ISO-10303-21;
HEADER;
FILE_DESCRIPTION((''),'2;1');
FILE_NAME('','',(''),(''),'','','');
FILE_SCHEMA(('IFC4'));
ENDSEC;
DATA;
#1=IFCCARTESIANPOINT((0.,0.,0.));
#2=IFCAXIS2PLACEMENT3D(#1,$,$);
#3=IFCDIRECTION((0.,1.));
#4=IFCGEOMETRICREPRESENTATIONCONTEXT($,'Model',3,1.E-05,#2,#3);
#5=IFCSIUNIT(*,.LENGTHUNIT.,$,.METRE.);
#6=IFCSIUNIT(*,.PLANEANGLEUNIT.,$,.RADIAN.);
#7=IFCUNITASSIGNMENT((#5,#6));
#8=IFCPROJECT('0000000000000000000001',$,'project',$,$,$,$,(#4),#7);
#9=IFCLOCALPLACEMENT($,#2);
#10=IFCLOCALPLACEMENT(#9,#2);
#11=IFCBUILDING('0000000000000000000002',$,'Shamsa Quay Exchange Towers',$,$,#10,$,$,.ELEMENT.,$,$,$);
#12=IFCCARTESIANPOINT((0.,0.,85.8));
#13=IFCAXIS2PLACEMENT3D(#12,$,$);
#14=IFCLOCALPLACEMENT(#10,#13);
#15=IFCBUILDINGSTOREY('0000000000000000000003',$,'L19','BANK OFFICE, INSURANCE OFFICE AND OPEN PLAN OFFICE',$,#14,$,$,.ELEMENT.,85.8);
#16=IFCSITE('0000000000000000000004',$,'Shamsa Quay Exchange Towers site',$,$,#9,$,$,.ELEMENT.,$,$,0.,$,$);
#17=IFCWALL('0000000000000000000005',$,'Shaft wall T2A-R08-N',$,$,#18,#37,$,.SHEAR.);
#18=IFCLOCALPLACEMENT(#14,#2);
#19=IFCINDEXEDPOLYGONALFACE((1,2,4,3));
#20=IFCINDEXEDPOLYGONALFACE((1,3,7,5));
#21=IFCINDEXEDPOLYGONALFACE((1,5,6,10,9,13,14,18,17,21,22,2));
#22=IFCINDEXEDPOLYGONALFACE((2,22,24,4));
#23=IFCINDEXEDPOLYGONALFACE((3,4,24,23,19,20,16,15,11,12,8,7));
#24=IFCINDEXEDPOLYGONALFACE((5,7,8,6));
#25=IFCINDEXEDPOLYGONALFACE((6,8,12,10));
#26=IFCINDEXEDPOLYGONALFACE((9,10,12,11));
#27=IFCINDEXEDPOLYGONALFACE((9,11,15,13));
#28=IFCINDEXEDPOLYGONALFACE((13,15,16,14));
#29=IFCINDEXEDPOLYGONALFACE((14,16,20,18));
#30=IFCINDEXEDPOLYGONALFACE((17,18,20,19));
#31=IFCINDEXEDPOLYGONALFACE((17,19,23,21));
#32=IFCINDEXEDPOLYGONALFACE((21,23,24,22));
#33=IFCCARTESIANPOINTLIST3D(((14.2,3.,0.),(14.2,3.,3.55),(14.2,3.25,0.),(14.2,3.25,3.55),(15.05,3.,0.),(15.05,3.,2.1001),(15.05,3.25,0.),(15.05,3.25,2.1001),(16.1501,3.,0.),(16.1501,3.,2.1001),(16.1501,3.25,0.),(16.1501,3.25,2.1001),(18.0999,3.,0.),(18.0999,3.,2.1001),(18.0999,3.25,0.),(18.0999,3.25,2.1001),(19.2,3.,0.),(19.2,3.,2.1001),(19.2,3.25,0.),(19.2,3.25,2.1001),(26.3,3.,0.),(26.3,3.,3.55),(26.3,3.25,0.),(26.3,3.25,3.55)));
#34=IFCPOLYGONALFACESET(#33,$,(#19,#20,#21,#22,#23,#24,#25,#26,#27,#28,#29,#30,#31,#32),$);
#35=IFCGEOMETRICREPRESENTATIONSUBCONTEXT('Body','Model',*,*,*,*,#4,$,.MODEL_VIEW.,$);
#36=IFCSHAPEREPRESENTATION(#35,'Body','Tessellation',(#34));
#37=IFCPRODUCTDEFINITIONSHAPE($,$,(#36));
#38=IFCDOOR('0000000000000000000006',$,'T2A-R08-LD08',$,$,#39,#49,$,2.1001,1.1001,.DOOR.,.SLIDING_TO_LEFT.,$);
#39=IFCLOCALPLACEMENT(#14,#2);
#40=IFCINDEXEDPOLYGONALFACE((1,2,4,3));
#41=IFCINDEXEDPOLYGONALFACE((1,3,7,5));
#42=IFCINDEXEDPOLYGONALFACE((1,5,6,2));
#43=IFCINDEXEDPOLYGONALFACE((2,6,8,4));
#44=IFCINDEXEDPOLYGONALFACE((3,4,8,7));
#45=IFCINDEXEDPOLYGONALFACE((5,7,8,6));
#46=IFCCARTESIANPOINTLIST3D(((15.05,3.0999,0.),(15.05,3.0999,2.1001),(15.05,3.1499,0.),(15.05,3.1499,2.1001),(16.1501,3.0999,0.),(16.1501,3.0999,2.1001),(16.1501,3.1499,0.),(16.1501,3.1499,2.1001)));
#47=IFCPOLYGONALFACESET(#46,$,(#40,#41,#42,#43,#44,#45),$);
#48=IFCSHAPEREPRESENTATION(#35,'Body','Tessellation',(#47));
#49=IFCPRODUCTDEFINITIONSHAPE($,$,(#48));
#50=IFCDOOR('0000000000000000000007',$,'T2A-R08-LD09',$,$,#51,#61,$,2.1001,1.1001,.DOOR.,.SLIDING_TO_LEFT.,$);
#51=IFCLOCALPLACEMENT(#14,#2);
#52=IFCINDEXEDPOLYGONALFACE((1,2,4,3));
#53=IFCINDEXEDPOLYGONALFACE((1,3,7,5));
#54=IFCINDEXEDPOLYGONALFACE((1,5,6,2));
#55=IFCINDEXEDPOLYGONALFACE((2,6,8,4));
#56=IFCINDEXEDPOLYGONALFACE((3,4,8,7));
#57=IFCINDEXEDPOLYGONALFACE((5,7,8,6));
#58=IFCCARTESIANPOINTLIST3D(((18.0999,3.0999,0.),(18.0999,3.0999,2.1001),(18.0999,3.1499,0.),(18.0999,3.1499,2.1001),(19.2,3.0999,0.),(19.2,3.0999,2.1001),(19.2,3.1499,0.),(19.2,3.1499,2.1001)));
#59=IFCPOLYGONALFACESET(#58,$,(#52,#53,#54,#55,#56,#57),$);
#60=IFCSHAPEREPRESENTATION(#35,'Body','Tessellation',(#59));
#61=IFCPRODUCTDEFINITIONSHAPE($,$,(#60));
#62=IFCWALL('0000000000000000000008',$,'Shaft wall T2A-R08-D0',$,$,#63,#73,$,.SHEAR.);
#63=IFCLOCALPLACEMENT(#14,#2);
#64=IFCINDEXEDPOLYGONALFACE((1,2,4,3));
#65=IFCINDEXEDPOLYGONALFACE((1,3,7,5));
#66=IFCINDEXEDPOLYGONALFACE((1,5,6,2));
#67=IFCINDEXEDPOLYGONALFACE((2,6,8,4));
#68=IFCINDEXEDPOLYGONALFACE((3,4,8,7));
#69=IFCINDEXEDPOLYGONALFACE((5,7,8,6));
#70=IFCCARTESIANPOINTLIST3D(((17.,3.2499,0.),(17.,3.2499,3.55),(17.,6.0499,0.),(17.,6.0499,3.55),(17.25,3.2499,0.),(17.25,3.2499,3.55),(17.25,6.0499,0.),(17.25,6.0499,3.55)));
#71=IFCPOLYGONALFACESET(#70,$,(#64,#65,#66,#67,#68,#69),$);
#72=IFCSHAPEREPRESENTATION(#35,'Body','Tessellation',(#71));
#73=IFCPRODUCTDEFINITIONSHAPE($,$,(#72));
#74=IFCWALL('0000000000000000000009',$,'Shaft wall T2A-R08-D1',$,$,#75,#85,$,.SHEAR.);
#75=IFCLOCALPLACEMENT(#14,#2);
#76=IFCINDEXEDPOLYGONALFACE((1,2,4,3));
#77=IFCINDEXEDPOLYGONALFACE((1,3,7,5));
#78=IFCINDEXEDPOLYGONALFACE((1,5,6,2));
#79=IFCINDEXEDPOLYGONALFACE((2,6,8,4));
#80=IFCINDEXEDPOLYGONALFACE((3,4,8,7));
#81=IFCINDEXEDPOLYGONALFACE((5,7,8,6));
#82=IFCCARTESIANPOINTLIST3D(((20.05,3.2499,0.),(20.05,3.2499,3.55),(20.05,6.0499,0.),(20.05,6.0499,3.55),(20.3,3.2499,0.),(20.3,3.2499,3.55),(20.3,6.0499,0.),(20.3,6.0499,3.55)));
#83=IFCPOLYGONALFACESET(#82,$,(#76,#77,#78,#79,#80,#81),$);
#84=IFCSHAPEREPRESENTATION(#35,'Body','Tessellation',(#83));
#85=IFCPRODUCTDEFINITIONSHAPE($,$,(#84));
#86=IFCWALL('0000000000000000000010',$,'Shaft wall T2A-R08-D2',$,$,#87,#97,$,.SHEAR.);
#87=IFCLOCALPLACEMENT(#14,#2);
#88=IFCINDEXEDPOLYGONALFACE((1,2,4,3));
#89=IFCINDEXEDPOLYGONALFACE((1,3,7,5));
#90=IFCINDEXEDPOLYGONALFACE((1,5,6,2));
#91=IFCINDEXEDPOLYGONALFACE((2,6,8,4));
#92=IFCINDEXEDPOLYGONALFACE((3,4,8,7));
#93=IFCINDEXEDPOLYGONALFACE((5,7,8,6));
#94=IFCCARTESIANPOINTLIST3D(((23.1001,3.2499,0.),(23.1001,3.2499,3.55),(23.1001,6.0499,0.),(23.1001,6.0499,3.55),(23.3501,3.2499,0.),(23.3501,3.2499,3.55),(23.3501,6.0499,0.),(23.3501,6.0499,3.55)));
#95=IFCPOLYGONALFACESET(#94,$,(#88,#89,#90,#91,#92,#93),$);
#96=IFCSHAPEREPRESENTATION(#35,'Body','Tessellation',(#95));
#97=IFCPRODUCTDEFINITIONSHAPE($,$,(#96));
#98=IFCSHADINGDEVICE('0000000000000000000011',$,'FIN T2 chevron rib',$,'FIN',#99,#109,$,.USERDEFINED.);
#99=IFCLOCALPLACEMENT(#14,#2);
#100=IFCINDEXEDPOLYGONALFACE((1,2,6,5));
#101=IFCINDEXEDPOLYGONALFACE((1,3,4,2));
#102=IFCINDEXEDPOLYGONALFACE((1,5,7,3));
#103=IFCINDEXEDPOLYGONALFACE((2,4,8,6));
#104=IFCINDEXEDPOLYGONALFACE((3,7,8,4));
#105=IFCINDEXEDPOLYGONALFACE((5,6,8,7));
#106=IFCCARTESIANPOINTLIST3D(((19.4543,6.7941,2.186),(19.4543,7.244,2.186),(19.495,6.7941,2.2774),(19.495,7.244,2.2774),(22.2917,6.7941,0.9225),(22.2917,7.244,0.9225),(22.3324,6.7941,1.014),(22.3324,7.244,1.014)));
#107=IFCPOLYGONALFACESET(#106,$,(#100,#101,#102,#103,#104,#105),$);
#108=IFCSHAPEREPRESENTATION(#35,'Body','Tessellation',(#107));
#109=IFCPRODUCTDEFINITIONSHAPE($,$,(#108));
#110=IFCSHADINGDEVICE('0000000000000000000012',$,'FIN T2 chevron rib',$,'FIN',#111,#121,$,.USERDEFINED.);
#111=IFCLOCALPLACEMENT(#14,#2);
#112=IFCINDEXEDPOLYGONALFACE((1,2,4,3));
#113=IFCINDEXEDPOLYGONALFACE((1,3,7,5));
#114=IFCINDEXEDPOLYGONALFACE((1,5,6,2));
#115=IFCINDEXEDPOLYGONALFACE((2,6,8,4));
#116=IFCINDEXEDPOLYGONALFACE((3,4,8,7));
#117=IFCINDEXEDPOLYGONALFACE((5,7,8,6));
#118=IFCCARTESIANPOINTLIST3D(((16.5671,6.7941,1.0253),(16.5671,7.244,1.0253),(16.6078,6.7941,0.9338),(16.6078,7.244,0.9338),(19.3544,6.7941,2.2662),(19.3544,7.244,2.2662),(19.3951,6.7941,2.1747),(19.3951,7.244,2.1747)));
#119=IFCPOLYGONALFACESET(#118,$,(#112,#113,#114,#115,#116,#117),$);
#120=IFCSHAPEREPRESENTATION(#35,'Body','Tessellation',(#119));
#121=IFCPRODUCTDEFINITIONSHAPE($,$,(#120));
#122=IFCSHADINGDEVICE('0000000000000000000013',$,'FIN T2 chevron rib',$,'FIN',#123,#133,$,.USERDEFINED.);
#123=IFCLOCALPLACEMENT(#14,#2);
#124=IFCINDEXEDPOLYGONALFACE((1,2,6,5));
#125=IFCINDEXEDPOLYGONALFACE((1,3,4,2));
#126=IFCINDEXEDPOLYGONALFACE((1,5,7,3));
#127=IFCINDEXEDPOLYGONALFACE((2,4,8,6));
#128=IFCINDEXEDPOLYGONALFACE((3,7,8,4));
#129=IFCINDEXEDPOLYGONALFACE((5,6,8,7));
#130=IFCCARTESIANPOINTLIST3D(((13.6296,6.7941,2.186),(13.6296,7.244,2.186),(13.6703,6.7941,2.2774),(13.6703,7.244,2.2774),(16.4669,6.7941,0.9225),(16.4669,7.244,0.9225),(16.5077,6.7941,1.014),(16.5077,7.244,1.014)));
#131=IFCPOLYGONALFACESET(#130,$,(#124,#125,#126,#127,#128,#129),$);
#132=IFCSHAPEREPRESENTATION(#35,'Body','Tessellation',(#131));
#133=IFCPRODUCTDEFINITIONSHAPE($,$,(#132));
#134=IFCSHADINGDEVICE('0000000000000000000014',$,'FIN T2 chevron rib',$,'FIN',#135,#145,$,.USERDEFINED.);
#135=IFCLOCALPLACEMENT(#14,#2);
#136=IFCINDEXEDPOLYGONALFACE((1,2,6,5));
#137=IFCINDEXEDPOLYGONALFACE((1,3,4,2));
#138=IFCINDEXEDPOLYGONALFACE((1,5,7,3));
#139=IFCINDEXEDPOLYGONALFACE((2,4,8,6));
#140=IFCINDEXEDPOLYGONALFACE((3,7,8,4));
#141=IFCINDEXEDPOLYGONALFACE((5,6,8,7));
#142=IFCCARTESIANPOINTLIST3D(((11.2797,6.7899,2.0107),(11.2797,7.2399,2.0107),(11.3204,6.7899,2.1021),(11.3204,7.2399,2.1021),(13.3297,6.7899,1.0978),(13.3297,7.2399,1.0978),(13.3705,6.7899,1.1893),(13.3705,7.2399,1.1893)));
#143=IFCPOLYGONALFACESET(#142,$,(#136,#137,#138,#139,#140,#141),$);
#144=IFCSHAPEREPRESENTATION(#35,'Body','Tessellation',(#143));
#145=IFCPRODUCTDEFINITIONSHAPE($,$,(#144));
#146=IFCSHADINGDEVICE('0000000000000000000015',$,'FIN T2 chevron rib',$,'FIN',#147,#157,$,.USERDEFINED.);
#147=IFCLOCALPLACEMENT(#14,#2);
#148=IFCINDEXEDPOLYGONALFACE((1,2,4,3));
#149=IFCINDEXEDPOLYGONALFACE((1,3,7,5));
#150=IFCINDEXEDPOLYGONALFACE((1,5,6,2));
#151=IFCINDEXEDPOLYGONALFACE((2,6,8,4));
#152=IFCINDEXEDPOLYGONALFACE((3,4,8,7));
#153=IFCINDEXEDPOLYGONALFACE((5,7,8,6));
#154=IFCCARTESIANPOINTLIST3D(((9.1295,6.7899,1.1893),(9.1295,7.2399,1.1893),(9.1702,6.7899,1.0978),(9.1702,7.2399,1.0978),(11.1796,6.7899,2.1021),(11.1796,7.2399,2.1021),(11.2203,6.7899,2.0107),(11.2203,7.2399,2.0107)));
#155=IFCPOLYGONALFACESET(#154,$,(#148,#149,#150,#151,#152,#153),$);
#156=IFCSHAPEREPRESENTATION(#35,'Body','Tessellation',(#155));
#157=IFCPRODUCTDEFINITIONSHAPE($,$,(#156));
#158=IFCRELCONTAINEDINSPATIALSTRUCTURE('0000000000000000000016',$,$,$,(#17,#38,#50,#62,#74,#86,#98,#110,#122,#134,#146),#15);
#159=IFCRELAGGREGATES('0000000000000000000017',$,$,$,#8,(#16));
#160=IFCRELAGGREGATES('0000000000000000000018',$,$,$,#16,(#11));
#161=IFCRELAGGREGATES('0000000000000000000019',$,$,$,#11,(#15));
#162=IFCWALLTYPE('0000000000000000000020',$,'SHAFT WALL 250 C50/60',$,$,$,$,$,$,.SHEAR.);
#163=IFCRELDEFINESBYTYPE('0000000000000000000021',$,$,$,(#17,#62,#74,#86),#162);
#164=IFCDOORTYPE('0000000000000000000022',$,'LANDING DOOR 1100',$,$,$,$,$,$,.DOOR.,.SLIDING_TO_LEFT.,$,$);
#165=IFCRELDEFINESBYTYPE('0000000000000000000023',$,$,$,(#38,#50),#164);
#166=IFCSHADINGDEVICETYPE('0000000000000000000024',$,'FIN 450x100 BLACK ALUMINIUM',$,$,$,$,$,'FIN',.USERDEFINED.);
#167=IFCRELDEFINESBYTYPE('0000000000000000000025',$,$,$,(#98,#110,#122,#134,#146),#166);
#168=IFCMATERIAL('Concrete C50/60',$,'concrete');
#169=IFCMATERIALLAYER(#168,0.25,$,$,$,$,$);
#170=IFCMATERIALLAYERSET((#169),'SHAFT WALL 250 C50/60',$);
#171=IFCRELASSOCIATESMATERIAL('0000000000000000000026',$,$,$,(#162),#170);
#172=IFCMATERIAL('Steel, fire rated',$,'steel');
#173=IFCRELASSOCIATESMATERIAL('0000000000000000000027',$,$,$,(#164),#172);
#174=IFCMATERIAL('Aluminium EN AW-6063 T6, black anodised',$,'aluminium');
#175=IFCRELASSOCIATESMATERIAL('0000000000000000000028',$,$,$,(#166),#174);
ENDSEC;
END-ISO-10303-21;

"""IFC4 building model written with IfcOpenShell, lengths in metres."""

from ifc_helpers import new_model, si_unit, direction, frame, frame_2d, origin, origin_2d, place, context, subcontext, project, spatial, rectangle, extrude, material, layer, layer_set, material_profile, profile_set, type_object, element, fill, save


model = new_model("IFC4")

# Units and contexts
model_context = context("Model", 3, precision=1e-05, world=origin(), true_north=direction((0.0, 1.0)))
body_context = subcontext(model_context, "Body", "Model", "MODEL_VIEW")
ifc_project = project(units=[si_unit("LENGTHUNIT", "METRE"), si_unit("PLANEANGLEUNIT", "RADIAN")], contexts=[model_context])

# Site, building, storey
site_placement = place(None, origin())
site = spatial("IfcSite", under=ifc_project, at=site_placement, Name="Shamsa Quay Exchange Towers site", CompositionType="ELEMENT", RefElevation=0.0)
building_placement = place(site_placement, origin())
building = spatial("IfcBuilding", under=site, at=building_placement, Name="Shamsa Quay Exchange Towers", CompositionType="ELEMENT")
storey_placement = place(building_placement, frame((0.0, 0.0, 85.8)))
storey = spatial("IfcBuildingStorey", under=building, at=storey_placement, Name="L19", Description="BANK OFFICE, INSURANCE OFFICE AND OPEN PLAN OFFICE", CompositionType="ELEMENT", Elevation=85.8)

# Shared definitions
ifc_material_1 = material(Name="Aluminium EN AW-6063 T6, black anodised", Category="aluminium")

# Shared definitions
ifc_material_2 = material(Name="Steel, fire rated", Category="steel")

# Wall, openings, doors
ifc_material_3 = material(Name="Concrete C50/60", Category="concrete")
ifc_layer_1 = layer(ifc_material_3, 0.25)
ifc_layer_set_1 = layer_set([ifc_layer_1], Name="SHAFT WALL 250 C50/60")
wall_type_1 = type_object("IfcWallType", Name="SHAFT WALL 250 C50/60", PredefinedType="SHEAR", material=ifc_layer_set_1)
wall_1_placement = place(storey_placement, frame((14.2, 3.125, 0.0)))
wall_1 = element("IfcWall", 1, at=wall_1_placement, inside=storey, type_object=wall_type_1, Name="Shaft wall T2A-R08-N", PredefinedType="SHEAR", context=body_context, shape_type="SweptSolid", body=[
    extrude(rectangle(XDim=12.1001, YDim=0.25, at=frame_2d((6.05, 0.0))), origin(), (0.0, 0.0, 1.0), 3.55),
])
opening_1_placement = place(wall_1_placement, frame((0.8501, 0.0, 0.0)))
opening_1 = element("IfcOpeningElement", 2, at=opening_1_placement, cuts=wall_1, PredefinedType="OPENING", context=body_context, shape_type="SweptSolid", body=[
    extrude(rectangle(XDim=1.1001, YDim=2.1001, at=frame_2d((0.55, 1.05))), frame((0.0, 0.135, 0.0), z_axis=(0.0, -1.0, 0.0), x_axis=(1.0, 0.0, 0.0)), (0.0, 0.0, 1.0), 0.27),
])
opening_2_placement = place(wall_1_placement, frame((3.8999, 0.0, 0.0)))
opening_2 = element("IfcOpeningElement", 3, at=opening_2_placement, cuts=wall_1, PredefinedType="OPENING", context=body_context, shape_type="SweptSolid", body=[
    extrude(rectangle(XDim=1.1001, YDim=2.1001, at=frame_2d((0.55, 1.05))), frame((0.0, 0.135, 0.0), z_axis=(0.0, -1.0, 0.0), x_axis=(1.0, 0.0, 0.0)), (0.0, 0.0, 1.0), 0.27),
])
door_type_1 = type_object("IfcDoorType", Name="LANDING DOOR 1100", OperationType="SLIDING_TO_LEFT", PredefinedType="DOOR", material=ifc_material_2)
door_1_placement = place(opening_1_placement, origin())
door_1 = element("IfcDoor", 4, at=door_1_placement, inside=storey, type_object=door_type_1, Name="T2A-R08-LD08", OperationType="SLIDING_TO_LEFT", OverallHeight=2.1001, OverallWidth=1.1001, PredefinedType="DOOR", context=body_context, shape_type="SweptSolid", body=[
    extrude(rectangle(XDim=1.1001, YDim=2.1001, at=frame_2d((0.55, 1.05))), frame((0.0, 0.0249, 0.0), z_axis=(0.0, -1.0, 0.0), x_axis=(1.0, 0.0, 0.0)), (0.0, 0.0, 1.0), 0.05),
])
fill(opening_1, door_1)
door_2_placement = place(opening_2_placement, origin())
door_2 = element("IfcDoor", 5, at=door_2_placement, inside=storey, type_object=door_type_1, Name="T2A-R08-LD09", OperationType="SLIDING_TO_LEFT", OverallHeight=2.1001, OverallWidth=1.1001, PredefinedType="DOOR", context=body_context, shape_type="SweptSolid", body=[
    extrude(rectangle(XDim=1.1001, YDim=2.1001, at=frame_2d((0.55, 1.05))), frame((0.0, 0.0249, 0.0), z_axis=(0.0, -1.0, 0.0), x_axis=(1.0, 0.0, 0.0)), (0.0, 0.0, 1.0), 0.05),
])
fill(opening_2, door_2)

# Walls
for number, where, z_axis, x_axis, name in (
    (6, (17.125, 3.25, 0.0), (0.0, 0.0, 1.0), (0.0, 1.0, 0.0), "Shaft wall T2A-R08-D0"),
    (7, (20.175, 3.25, 0.0), (0.0, 0.0, 1.0), (0.0, 1.0, 0.0), "Shaft wall T2A-R08-D1"),
    (8, (23.2251, 3.25, 0.0), (0.0, 0.0, 1.0), (0.0, 1.0, 0.0), "Shaft wall T2A-R08-D2"),
):
    element("IfcWall", number, at=place(storey_placement, frame(where, z_axis=z_axis, x_axis=x_axis)), inside=storey, type_object=wall_type_1, Name=name, PredefinedType="SHEAR", context=body_context, shape_type="SweptSolid", body=[
        extrude(rectangle(XDim=2.8, YDim=0.25, at=frame_2d((1.3999, 0.0))), origin(), (0.0, 0.0, 1.0), 3.55),
    ])

# Shading devices
ifc_material_profile_1 = material_profile(ifc_material_1, rectangle(XDim=0.45, YDim=0.1001, at=origin_2d()), Name="FIN450x100")
ifc_profile_set_1 = profile_set([ifc_material_profile_1], Name="Aluminium EN AW-6063 T6, black anodised")
shading_device_type = type_object("IfcShadingDeviceType", Name="FIN 450x100 BLACK ALUMINIUM", ElementType="FIN", PredefinedType="USERDEFINED", material=ifc_profile_set_1)
shading_device_1_placement = place(storey_placement, frame((22.312, 7.019, 0.9683), z_axis=(-0.913529, 0.0, 0.406773), x_axis=(0.0, -1.0, 0.0)))
element("IfcShadingDevice", 9, at=shading_device_1_placement, inside=storey, type_object=shading_device_type, Name="FIN T2 chevron rib", ObjectType="FIN", PredefinedType="USERDEFINED", context=body_context, shape_type="SweptSolid", body=[
    extrude(rectangle(XDim=0.45, YDim=0.1001, at=origin_2d()), origin(), (0.0, 0.0, 1.0), 3.106),
])
shading_device_2_placement = place(storey_placement, frame((19.3748, 7.019, 2.2205), z_axis=(-0.913551, 0.0, -0.406725), x_axis=(0.0, -1.0, 0.0)))
element("IfcShadingDevice", 10, at=shading_device_2_placement, inside=storey, type_object=shading_device_type, Name="FIN T2 chevron rib", ObjectType="FIN", PredefinedType="USERDEFINED", context=body_context, shape_type="SweptSolid", body=[
    extrude(rectangle(XDim=0.45, YDim=0.1001, at=origin_2d()), origin(), (0.0, 0.0, 1.0), 3.051),
])
shading_device_3_placement = place(storey_placement, frame((16.4873, 7.019, 0.9683), z_axis=(-0.913529, 0.0, 0.406773), x_axis=(0.0, -1.0, 0.0)))
element("IfcShadingDevice", 11, at=shading_device_3_placement, inside=storey, type_object=shading_device_type, Name="FIN T2 chevron rib", ObjectType="FIN", PredefinedType="USERDEFINED", context=body_context, shape_type="SweptSolid", body=[
    extrude(rectangle(XDim=0.45, YDim=0.1001, at=origin_2d()), origin(), (0.0, 0.0, 1.0), 3.106),
])
for number, where, z_axis, x_axis, name in (
    (12, (13.3501, 7.0149, 1.1436), (-0.913529, 0.0, 0.406774), (0.0, -1.0, 0.0), "FIN T2 chevron rib"),
    (13, (11.2, 7.0149, 2.0564), (-0.913529, 0.0, -0.406774), (0.0, -1.0, 0.0), "FIN T2 chevron rib"),
):
    element("IfcShadingDevice", number, at=place(storey_placement, frame(where, z_axis=z_axis, x_axis=x_axis)), inside=storey, type_object=shading_device_type, Name=name, ObjectType="FIN", PredefinedType="USERDEFINED", context=body_context, shape_type="SweptSolid", body=[
        extrude(rectangle(XDim=0.45, YDim=0.1001, at=origin_2d()), origin(), (0.0, 0.0, 1.0), 2.2441),
    ])

save(model, "model.ifc")
